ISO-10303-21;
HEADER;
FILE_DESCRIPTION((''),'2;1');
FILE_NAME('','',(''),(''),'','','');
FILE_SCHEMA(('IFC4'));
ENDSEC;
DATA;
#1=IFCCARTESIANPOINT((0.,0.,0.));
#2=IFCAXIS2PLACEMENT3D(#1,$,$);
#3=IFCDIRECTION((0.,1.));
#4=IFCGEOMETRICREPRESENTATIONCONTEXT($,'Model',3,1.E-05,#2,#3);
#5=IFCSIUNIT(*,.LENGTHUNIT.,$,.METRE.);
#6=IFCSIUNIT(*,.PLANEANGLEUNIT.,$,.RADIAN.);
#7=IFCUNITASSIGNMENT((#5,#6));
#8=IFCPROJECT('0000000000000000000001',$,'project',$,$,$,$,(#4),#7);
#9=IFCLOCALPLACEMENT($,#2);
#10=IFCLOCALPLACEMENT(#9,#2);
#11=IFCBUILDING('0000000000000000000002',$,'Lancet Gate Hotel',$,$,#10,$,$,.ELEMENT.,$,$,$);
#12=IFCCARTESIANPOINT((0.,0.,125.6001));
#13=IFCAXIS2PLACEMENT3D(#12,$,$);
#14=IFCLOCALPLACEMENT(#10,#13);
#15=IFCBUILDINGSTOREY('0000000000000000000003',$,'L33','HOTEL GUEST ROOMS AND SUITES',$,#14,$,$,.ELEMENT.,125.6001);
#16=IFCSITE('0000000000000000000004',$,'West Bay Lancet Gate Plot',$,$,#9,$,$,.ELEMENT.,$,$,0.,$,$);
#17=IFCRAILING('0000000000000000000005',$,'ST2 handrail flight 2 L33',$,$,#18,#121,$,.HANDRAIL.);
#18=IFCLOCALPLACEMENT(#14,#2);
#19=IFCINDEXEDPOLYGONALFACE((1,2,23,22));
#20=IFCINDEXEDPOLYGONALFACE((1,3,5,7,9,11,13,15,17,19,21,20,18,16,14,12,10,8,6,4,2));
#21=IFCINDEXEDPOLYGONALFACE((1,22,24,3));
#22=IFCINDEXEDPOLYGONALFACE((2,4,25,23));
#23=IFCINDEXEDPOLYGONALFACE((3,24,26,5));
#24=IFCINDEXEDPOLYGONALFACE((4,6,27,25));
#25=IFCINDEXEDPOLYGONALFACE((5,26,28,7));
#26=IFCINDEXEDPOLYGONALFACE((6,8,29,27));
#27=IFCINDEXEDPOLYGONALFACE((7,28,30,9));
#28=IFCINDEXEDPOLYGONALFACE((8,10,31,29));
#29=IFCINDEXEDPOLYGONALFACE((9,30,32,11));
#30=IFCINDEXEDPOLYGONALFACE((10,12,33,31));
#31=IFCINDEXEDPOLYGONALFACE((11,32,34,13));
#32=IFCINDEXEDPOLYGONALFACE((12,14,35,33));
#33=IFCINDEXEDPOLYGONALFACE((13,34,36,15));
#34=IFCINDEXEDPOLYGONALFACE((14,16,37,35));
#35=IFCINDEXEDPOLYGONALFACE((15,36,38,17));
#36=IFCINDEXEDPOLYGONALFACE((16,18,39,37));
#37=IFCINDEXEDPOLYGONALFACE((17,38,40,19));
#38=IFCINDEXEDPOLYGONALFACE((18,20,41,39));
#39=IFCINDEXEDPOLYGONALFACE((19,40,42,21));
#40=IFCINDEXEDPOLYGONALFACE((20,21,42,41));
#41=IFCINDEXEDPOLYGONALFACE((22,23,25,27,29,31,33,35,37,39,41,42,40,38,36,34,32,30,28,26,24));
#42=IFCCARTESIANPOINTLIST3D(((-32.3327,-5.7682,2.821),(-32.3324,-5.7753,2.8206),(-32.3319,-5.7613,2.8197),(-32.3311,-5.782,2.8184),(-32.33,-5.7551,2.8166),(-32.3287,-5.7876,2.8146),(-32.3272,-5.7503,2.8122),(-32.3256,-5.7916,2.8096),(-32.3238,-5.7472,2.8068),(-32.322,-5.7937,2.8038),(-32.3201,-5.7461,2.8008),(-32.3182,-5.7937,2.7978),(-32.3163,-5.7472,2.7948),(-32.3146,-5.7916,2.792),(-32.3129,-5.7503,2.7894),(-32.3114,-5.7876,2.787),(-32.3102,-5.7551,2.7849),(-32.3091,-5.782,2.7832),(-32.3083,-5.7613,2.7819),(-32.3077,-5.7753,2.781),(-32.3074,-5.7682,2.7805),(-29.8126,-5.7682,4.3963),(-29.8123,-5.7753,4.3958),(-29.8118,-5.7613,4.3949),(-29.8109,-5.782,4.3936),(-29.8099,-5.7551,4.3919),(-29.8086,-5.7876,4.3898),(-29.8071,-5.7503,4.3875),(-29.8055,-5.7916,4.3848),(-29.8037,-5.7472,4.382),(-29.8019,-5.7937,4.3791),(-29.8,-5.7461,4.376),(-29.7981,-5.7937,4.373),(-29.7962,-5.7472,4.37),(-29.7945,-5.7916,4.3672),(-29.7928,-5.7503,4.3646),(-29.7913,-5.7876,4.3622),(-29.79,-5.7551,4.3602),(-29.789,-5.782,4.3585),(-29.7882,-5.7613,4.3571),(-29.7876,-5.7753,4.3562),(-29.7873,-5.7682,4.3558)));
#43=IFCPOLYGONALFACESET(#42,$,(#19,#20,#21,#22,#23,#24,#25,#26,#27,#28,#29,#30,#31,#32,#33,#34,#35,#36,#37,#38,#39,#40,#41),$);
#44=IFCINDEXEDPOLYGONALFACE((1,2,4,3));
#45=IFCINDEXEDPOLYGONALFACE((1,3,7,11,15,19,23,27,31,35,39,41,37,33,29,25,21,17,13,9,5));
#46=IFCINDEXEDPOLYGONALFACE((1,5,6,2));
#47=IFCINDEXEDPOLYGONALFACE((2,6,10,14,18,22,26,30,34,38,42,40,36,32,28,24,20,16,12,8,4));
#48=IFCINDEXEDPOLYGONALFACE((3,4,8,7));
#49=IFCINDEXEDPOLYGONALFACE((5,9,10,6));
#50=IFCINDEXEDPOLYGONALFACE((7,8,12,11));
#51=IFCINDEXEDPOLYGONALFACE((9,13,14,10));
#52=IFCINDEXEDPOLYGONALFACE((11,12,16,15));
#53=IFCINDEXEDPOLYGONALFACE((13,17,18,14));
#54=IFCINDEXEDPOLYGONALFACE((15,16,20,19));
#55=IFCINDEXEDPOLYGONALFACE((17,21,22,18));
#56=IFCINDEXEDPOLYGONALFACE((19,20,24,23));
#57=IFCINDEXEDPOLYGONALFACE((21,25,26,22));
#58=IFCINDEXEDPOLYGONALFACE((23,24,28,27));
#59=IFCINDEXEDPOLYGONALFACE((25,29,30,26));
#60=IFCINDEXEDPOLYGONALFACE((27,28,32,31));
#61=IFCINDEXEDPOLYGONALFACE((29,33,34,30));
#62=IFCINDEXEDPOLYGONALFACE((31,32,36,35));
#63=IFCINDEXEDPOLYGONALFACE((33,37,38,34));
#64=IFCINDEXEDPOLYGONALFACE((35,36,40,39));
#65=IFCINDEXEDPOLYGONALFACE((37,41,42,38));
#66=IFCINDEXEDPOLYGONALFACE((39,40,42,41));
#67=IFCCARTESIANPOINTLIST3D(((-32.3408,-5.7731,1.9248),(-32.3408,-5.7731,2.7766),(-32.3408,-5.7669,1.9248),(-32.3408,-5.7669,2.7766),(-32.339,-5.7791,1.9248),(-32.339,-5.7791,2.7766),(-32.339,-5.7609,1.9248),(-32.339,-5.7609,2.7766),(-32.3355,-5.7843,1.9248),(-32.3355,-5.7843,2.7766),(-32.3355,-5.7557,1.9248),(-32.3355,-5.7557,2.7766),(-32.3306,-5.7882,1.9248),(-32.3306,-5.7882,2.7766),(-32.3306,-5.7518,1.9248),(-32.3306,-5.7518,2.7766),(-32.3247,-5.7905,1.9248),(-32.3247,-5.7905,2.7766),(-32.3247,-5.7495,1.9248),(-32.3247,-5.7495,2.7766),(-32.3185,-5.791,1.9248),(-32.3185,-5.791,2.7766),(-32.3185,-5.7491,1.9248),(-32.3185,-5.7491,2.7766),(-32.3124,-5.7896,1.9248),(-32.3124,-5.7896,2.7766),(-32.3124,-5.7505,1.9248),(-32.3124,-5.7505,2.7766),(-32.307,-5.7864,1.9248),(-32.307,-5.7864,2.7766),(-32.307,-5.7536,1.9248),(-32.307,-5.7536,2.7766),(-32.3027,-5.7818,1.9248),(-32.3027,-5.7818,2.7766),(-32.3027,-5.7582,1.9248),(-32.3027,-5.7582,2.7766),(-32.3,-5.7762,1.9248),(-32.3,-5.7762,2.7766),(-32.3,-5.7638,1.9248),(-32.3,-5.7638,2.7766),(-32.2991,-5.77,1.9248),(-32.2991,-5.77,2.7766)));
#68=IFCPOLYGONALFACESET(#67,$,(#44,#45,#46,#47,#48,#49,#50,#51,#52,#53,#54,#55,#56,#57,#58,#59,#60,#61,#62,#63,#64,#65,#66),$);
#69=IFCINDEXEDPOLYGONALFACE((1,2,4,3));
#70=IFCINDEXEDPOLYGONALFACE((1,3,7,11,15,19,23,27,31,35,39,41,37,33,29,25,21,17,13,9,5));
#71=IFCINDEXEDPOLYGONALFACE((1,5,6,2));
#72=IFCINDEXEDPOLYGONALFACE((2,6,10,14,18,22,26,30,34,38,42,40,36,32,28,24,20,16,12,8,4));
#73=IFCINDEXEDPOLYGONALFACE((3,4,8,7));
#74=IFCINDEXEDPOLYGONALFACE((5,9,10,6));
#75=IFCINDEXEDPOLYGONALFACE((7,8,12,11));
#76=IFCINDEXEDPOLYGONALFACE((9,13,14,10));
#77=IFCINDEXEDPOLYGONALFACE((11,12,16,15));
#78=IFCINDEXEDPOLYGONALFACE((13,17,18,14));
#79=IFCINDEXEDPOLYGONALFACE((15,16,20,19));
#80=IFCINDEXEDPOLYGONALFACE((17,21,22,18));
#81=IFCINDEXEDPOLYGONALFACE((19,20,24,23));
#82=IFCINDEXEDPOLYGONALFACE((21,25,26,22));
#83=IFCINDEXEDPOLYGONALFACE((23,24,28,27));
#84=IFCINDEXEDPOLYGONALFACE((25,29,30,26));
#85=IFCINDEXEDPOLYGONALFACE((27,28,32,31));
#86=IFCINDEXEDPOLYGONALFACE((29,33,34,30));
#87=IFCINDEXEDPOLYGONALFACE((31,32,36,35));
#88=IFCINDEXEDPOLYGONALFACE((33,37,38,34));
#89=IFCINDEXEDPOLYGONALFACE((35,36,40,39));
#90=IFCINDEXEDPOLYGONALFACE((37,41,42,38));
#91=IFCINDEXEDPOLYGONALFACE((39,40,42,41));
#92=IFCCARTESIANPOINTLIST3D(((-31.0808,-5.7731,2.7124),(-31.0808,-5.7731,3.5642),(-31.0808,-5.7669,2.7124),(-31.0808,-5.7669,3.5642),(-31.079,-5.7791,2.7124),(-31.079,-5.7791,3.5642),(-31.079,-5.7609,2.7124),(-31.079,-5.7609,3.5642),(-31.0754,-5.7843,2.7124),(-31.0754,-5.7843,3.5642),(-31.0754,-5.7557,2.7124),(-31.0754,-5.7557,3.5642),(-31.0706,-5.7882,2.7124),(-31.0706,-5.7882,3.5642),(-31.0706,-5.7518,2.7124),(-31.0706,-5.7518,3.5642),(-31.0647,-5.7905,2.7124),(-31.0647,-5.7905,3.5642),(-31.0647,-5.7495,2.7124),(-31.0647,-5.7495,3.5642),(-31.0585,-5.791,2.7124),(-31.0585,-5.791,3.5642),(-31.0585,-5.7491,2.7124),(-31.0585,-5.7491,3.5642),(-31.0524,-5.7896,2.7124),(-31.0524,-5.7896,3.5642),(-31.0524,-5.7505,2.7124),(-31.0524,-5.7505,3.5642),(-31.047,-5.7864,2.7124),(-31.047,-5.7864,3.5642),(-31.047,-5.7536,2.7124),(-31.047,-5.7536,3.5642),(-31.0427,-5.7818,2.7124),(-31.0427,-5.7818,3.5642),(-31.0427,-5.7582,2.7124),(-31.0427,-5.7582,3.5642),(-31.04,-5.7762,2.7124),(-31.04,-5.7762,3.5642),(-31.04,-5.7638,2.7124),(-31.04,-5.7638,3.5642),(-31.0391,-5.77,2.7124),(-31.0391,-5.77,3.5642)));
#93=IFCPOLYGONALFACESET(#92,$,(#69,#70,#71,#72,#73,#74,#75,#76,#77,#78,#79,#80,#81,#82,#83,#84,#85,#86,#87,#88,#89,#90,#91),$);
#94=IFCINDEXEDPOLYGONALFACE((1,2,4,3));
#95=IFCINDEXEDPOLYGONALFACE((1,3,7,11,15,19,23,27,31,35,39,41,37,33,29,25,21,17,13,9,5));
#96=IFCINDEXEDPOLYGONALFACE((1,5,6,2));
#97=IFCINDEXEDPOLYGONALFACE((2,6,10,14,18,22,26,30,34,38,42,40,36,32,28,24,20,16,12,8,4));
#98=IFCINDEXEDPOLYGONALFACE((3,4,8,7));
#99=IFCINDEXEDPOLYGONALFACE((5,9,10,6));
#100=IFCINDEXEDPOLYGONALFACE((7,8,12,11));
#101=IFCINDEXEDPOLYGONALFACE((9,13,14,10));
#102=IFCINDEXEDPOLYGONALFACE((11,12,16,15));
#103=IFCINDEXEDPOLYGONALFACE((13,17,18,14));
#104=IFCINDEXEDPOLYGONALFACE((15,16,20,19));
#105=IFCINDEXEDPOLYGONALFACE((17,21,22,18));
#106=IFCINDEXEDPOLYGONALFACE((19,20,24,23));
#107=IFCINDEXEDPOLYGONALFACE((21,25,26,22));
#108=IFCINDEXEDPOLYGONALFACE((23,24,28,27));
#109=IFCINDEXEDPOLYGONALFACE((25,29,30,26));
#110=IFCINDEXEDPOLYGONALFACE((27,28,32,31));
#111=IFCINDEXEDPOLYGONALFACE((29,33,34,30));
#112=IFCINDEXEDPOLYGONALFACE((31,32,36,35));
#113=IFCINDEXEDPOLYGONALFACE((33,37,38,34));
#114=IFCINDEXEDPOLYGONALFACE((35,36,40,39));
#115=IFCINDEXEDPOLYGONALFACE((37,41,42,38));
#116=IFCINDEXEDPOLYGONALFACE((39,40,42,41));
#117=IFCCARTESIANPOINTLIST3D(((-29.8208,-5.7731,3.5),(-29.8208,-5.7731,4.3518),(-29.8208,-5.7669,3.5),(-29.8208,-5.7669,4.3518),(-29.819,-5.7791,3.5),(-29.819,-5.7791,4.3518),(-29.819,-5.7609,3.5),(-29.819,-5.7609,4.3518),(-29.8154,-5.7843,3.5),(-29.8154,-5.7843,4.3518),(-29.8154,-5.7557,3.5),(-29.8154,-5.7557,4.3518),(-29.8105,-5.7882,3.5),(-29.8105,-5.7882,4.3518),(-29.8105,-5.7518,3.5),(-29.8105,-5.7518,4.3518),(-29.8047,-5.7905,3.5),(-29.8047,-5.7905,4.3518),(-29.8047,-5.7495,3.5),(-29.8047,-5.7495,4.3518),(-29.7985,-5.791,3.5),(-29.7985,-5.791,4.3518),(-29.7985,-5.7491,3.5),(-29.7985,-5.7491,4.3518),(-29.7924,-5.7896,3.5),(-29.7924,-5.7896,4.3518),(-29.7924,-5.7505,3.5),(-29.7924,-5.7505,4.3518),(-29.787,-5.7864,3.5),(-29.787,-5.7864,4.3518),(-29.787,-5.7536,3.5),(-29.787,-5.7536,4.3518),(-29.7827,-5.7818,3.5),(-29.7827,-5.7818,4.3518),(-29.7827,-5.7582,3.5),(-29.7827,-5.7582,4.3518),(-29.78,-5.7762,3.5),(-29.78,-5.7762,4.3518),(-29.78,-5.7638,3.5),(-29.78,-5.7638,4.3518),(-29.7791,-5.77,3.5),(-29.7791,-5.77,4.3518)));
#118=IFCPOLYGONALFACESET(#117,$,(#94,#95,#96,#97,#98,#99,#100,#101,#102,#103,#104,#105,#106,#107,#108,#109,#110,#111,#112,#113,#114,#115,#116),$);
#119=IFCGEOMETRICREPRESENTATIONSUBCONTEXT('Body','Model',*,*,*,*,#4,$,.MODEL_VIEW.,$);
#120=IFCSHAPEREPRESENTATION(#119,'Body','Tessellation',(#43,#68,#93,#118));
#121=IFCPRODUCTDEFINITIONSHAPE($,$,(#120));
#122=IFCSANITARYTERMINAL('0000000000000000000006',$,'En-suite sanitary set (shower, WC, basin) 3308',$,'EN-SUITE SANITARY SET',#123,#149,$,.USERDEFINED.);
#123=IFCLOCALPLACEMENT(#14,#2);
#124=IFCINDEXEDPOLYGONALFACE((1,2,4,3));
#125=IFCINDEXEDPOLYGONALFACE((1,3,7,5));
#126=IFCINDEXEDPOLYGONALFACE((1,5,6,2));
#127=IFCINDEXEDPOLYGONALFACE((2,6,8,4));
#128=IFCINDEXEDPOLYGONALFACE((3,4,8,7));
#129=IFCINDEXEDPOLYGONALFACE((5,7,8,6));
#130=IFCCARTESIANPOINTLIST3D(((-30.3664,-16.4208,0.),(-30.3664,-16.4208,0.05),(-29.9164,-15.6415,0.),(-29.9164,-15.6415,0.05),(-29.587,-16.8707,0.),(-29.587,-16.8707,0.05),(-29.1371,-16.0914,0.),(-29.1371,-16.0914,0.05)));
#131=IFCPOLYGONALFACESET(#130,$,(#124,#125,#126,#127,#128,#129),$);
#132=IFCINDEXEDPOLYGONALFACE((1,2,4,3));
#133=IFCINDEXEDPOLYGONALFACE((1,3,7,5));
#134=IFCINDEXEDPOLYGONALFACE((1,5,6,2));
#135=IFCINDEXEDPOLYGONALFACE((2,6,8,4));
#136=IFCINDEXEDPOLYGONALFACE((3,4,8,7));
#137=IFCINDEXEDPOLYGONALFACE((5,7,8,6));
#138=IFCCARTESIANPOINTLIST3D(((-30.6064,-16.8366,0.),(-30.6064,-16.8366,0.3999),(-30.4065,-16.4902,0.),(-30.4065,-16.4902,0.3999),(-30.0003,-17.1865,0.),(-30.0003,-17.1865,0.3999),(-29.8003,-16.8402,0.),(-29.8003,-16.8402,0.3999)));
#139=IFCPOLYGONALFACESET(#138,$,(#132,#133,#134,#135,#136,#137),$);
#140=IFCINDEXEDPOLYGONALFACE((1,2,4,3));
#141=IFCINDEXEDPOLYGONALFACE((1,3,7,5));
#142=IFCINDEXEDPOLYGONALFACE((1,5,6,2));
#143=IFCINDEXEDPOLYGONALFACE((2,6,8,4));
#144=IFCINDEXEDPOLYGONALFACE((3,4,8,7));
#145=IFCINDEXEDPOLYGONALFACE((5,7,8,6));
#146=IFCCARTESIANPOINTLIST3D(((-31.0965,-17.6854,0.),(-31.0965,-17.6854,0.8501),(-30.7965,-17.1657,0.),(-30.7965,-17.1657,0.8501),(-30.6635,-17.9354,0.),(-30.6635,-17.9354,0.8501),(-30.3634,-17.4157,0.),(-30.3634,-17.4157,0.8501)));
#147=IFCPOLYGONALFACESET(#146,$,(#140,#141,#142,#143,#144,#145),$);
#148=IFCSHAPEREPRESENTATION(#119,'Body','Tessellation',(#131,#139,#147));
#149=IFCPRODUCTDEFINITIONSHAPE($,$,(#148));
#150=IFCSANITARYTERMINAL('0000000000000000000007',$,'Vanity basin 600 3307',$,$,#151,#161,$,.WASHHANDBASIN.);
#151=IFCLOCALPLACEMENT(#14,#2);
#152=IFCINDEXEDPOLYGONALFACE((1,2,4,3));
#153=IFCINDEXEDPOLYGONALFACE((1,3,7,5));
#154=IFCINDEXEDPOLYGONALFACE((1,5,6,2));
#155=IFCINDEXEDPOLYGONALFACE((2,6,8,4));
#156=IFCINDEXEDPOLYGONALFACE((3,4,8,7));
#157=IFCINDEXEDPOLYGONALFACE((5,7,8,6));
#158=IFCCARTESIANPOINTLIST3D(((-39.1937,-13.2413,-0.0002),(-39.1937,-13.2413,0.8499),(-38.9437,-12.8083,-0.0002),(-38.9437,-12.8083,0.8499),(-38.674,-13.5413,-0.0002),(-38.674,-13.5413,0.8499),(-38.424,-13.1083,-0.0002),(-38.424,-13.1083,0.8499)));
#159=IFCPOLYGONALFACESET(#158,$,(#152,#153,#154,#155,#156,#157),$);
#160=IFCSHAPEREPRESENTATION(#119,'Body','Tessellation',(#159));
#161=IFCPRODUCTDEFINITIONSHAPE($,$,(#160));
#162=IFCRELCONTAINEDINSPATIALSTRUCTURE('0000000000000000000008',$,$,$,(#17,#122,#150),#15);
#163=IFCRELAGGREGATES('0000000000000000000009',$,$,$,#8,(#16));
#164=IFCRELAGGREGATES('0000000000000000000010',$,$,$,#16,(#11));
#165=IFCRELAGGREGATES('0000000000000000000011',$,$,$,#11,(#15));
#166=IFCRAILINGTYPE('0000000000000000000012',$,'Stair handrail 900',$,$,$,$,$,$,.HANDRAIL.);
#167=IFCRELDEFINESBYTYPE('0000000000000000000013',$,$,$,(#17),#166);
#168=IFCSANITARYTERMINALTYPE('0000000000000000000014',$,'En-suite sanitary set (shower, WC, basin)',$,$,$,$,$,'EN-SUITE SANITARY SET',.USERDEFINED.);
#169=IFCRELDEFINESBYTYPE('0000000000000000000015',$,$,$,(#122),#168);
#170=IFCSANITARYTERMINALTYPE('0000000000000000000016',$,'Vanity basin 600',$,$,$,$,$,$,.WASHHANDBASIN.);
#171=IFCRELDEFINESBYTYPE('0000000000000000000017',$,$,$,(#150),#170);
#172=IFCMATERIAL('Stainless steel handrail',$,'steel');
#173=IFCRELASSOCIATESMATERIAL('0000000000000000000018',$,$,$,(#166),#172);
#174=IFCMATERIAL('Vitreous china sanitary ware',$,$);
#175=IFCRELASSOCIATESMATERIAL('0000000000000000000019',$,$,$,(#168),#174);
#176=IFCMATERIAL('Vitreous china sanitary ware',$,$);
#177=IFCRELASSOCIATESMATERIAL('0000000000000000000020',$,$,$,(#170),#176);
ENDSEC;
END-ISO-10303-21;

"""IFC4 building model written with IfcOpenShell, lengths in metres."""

from ifc_helpers import new_model, si_unit, direction, frame, origin, origin_2d, place, context, subcontext, project, spatial, rectangle, circle, extrude, material, type_object, element, save


model = new_model("IFC4")

# Units and contexts
model_context = context("Model", 3, precision=1e-05, world=origin(), true_north=direction((0.0, 1.0)))
body_context = subcontext(model_context, "Body", "Model", "MODEL_VIEW")
ifc_project = project(units=[si_unit("LENGTHUNIT", "METRE"), si_unit("PLANEANGLEUNIT", "RADIAN")], contexts=[model_context])

# Site, building, storey
site_placement = place(None, origin())
site = spatial("IfcSite", under=ifc_project, at=site_placement, Name="West Bay Lancet Gate Plot", CompositionType="ELEMENT", RefElevation=0.0)
building_placement = place(site_placement, origin())
building = spatial("IfcBuilding", under=site, at=building_placement, Name="Lancet Gate Hotel", CompositionType="ELEMENT")
storey_placement = place(building_placement, frame((0.0, 0.0, 125.6001)))
storey = spatial("IfcBuildingStorey", under=building, at=storey_placement, Name="L33", Description="HOTEL GUEST ROOMS AND SUITES", CompositionType="ELEMENT", Elevation=125.6001)

# Railing
ifc_material_1 = material(Name="Stainless steel handrail", Category="steel")
railing_type = type_object("IfcRailingType", Name="Stair handrail 900", PredefinedType="HANDRAIL", material=ifc_material_1)
railing_1_placement = place(storey_placement, frame((-32.3201, -5.77, 1.9248)))
element("IfcRailing", 1, at=railing_1_placement, inside=storey, type_object=railing_type, Name="ST2 handrail flight 2 L33", PredefinedType="HANDRAIL", context=body_context, shape_type="SweptSolid", body=[
    extrude(circle(Radius=0.0239, at=origin_2d()), frame((0.0, 0.0, 0.876), z_axis=(0.847971, 0.0, 0.530043), x_axis=(0.0, 1.0, 0.0)), (0.0, 0.0, 1.0), 2.9719),
    extrude(circle(Radius=0.021, at=origin_2d()), origin(), (0.0, 0.0, 1.0), 0.8518),
    extrude(circle(Radius=0.021, at=origin_2d()), frame((1.26, 0.0, 0.7876)), (0.0, 0.0, 1.0), 0.8518),
    extrude(circle(Radius=0.021, at=origin_2d()), frame((2.52, 0.0, 1.5752)), (0.0, 0.0, 1.0), 0.8518),
])

# Sanitary terminals
ifc_material_2 = material(Name="Vitreous china sanitary ware")
sanitary_terminal_type_1 = type_object("IfcSanitaryTerminalType", Name="En-suite sanitary set (shower, WC, basin)", ElementType="EN-SUITE SANITARY SET", PredefinedType="USERDEFINED", material=ifc_material_2)
sanitary_terminal_1_placement = place(storey_placement, frame((-29.7517, -16.2561, 0.0), z_axis=(0.0, 0.0, 1.0), x_axis=(1.0, 0.0, 0.0)))
element("IfcSanitaryTerminal", 2, at=sanitary_terminal_1_placement, inside=storey, type_object=sanitary_terminal_type_1, Name="En-suite sanitary set (shower, WC, basin) 3308", ObjectType="EN-SUITE SANITARY SET", PredefinedType="USERDEFINED", context=body_context, shape_type="SweptSolid", body=[
    extrude(rectangle(XDim=0.8999, YDim=0.8999, at=origin_2d()), frame((0.0, 0.0, 0.0), z_axis=(0.0, 0.0, 1.0), x_axis=(0.5, 0.866025, 0.0)), (0.0, 0.0, 1.0), 0.05),
    extrude(rectangle(XDim=0.3999, YDim=0.7, at=origin_2d()), frame((-0.4517, -0.5823, 0.0), z_axis=(0.0, 0.0, 1.0), x_axis=(0.5, 0.866025, 0.0)), (0.0, 0.0, 1.0), 0.3999),
    extrude(rectangle(XDim=0.6001, YDim=0.5, at=origin_2d()), frame((-0.9783, -1.2944, 0.0), z_axis=(0.0, 0.0, 1.0), x_axis=(0.5, 0.866025, 0.0)), (0.0, 0.0, 1.0), 0.8501),
])
ifc_material_3 = material(Name="Vitreous china sanitary ware")
sanitary_terminal_type_2 = type_object("IfcSanitaryTerminalType", Name="Vanity basin 600", PredefinedType="WASHHANDBASIN", material=ifc_material_3)
sanitary_terminal_2_placement = place(storey_placement, frame((-38.8088, -13.1748, -0.0002), z_axis=(0.0, 0.0, 1.0), x_axis=(-0.866025, 0.5, 0.0)))
element("IfcSanitaryTerminal", 3, at=sanitary_terminal_2_placement, inside=storey, type_object=sanitary_terminal_type_2, Name="Vanity basin 600 3307", PredefinedType="WASHHANDBASIN", context=body_context, shape_type="SweptSolid", body=[
    extrude(rectangle(XDim=0.6001, YDim=0.5, at=origin_2d()), origin(), (0.0, 0.0, 1.0), 0.8501),
])

save(model, "model.ifc")
